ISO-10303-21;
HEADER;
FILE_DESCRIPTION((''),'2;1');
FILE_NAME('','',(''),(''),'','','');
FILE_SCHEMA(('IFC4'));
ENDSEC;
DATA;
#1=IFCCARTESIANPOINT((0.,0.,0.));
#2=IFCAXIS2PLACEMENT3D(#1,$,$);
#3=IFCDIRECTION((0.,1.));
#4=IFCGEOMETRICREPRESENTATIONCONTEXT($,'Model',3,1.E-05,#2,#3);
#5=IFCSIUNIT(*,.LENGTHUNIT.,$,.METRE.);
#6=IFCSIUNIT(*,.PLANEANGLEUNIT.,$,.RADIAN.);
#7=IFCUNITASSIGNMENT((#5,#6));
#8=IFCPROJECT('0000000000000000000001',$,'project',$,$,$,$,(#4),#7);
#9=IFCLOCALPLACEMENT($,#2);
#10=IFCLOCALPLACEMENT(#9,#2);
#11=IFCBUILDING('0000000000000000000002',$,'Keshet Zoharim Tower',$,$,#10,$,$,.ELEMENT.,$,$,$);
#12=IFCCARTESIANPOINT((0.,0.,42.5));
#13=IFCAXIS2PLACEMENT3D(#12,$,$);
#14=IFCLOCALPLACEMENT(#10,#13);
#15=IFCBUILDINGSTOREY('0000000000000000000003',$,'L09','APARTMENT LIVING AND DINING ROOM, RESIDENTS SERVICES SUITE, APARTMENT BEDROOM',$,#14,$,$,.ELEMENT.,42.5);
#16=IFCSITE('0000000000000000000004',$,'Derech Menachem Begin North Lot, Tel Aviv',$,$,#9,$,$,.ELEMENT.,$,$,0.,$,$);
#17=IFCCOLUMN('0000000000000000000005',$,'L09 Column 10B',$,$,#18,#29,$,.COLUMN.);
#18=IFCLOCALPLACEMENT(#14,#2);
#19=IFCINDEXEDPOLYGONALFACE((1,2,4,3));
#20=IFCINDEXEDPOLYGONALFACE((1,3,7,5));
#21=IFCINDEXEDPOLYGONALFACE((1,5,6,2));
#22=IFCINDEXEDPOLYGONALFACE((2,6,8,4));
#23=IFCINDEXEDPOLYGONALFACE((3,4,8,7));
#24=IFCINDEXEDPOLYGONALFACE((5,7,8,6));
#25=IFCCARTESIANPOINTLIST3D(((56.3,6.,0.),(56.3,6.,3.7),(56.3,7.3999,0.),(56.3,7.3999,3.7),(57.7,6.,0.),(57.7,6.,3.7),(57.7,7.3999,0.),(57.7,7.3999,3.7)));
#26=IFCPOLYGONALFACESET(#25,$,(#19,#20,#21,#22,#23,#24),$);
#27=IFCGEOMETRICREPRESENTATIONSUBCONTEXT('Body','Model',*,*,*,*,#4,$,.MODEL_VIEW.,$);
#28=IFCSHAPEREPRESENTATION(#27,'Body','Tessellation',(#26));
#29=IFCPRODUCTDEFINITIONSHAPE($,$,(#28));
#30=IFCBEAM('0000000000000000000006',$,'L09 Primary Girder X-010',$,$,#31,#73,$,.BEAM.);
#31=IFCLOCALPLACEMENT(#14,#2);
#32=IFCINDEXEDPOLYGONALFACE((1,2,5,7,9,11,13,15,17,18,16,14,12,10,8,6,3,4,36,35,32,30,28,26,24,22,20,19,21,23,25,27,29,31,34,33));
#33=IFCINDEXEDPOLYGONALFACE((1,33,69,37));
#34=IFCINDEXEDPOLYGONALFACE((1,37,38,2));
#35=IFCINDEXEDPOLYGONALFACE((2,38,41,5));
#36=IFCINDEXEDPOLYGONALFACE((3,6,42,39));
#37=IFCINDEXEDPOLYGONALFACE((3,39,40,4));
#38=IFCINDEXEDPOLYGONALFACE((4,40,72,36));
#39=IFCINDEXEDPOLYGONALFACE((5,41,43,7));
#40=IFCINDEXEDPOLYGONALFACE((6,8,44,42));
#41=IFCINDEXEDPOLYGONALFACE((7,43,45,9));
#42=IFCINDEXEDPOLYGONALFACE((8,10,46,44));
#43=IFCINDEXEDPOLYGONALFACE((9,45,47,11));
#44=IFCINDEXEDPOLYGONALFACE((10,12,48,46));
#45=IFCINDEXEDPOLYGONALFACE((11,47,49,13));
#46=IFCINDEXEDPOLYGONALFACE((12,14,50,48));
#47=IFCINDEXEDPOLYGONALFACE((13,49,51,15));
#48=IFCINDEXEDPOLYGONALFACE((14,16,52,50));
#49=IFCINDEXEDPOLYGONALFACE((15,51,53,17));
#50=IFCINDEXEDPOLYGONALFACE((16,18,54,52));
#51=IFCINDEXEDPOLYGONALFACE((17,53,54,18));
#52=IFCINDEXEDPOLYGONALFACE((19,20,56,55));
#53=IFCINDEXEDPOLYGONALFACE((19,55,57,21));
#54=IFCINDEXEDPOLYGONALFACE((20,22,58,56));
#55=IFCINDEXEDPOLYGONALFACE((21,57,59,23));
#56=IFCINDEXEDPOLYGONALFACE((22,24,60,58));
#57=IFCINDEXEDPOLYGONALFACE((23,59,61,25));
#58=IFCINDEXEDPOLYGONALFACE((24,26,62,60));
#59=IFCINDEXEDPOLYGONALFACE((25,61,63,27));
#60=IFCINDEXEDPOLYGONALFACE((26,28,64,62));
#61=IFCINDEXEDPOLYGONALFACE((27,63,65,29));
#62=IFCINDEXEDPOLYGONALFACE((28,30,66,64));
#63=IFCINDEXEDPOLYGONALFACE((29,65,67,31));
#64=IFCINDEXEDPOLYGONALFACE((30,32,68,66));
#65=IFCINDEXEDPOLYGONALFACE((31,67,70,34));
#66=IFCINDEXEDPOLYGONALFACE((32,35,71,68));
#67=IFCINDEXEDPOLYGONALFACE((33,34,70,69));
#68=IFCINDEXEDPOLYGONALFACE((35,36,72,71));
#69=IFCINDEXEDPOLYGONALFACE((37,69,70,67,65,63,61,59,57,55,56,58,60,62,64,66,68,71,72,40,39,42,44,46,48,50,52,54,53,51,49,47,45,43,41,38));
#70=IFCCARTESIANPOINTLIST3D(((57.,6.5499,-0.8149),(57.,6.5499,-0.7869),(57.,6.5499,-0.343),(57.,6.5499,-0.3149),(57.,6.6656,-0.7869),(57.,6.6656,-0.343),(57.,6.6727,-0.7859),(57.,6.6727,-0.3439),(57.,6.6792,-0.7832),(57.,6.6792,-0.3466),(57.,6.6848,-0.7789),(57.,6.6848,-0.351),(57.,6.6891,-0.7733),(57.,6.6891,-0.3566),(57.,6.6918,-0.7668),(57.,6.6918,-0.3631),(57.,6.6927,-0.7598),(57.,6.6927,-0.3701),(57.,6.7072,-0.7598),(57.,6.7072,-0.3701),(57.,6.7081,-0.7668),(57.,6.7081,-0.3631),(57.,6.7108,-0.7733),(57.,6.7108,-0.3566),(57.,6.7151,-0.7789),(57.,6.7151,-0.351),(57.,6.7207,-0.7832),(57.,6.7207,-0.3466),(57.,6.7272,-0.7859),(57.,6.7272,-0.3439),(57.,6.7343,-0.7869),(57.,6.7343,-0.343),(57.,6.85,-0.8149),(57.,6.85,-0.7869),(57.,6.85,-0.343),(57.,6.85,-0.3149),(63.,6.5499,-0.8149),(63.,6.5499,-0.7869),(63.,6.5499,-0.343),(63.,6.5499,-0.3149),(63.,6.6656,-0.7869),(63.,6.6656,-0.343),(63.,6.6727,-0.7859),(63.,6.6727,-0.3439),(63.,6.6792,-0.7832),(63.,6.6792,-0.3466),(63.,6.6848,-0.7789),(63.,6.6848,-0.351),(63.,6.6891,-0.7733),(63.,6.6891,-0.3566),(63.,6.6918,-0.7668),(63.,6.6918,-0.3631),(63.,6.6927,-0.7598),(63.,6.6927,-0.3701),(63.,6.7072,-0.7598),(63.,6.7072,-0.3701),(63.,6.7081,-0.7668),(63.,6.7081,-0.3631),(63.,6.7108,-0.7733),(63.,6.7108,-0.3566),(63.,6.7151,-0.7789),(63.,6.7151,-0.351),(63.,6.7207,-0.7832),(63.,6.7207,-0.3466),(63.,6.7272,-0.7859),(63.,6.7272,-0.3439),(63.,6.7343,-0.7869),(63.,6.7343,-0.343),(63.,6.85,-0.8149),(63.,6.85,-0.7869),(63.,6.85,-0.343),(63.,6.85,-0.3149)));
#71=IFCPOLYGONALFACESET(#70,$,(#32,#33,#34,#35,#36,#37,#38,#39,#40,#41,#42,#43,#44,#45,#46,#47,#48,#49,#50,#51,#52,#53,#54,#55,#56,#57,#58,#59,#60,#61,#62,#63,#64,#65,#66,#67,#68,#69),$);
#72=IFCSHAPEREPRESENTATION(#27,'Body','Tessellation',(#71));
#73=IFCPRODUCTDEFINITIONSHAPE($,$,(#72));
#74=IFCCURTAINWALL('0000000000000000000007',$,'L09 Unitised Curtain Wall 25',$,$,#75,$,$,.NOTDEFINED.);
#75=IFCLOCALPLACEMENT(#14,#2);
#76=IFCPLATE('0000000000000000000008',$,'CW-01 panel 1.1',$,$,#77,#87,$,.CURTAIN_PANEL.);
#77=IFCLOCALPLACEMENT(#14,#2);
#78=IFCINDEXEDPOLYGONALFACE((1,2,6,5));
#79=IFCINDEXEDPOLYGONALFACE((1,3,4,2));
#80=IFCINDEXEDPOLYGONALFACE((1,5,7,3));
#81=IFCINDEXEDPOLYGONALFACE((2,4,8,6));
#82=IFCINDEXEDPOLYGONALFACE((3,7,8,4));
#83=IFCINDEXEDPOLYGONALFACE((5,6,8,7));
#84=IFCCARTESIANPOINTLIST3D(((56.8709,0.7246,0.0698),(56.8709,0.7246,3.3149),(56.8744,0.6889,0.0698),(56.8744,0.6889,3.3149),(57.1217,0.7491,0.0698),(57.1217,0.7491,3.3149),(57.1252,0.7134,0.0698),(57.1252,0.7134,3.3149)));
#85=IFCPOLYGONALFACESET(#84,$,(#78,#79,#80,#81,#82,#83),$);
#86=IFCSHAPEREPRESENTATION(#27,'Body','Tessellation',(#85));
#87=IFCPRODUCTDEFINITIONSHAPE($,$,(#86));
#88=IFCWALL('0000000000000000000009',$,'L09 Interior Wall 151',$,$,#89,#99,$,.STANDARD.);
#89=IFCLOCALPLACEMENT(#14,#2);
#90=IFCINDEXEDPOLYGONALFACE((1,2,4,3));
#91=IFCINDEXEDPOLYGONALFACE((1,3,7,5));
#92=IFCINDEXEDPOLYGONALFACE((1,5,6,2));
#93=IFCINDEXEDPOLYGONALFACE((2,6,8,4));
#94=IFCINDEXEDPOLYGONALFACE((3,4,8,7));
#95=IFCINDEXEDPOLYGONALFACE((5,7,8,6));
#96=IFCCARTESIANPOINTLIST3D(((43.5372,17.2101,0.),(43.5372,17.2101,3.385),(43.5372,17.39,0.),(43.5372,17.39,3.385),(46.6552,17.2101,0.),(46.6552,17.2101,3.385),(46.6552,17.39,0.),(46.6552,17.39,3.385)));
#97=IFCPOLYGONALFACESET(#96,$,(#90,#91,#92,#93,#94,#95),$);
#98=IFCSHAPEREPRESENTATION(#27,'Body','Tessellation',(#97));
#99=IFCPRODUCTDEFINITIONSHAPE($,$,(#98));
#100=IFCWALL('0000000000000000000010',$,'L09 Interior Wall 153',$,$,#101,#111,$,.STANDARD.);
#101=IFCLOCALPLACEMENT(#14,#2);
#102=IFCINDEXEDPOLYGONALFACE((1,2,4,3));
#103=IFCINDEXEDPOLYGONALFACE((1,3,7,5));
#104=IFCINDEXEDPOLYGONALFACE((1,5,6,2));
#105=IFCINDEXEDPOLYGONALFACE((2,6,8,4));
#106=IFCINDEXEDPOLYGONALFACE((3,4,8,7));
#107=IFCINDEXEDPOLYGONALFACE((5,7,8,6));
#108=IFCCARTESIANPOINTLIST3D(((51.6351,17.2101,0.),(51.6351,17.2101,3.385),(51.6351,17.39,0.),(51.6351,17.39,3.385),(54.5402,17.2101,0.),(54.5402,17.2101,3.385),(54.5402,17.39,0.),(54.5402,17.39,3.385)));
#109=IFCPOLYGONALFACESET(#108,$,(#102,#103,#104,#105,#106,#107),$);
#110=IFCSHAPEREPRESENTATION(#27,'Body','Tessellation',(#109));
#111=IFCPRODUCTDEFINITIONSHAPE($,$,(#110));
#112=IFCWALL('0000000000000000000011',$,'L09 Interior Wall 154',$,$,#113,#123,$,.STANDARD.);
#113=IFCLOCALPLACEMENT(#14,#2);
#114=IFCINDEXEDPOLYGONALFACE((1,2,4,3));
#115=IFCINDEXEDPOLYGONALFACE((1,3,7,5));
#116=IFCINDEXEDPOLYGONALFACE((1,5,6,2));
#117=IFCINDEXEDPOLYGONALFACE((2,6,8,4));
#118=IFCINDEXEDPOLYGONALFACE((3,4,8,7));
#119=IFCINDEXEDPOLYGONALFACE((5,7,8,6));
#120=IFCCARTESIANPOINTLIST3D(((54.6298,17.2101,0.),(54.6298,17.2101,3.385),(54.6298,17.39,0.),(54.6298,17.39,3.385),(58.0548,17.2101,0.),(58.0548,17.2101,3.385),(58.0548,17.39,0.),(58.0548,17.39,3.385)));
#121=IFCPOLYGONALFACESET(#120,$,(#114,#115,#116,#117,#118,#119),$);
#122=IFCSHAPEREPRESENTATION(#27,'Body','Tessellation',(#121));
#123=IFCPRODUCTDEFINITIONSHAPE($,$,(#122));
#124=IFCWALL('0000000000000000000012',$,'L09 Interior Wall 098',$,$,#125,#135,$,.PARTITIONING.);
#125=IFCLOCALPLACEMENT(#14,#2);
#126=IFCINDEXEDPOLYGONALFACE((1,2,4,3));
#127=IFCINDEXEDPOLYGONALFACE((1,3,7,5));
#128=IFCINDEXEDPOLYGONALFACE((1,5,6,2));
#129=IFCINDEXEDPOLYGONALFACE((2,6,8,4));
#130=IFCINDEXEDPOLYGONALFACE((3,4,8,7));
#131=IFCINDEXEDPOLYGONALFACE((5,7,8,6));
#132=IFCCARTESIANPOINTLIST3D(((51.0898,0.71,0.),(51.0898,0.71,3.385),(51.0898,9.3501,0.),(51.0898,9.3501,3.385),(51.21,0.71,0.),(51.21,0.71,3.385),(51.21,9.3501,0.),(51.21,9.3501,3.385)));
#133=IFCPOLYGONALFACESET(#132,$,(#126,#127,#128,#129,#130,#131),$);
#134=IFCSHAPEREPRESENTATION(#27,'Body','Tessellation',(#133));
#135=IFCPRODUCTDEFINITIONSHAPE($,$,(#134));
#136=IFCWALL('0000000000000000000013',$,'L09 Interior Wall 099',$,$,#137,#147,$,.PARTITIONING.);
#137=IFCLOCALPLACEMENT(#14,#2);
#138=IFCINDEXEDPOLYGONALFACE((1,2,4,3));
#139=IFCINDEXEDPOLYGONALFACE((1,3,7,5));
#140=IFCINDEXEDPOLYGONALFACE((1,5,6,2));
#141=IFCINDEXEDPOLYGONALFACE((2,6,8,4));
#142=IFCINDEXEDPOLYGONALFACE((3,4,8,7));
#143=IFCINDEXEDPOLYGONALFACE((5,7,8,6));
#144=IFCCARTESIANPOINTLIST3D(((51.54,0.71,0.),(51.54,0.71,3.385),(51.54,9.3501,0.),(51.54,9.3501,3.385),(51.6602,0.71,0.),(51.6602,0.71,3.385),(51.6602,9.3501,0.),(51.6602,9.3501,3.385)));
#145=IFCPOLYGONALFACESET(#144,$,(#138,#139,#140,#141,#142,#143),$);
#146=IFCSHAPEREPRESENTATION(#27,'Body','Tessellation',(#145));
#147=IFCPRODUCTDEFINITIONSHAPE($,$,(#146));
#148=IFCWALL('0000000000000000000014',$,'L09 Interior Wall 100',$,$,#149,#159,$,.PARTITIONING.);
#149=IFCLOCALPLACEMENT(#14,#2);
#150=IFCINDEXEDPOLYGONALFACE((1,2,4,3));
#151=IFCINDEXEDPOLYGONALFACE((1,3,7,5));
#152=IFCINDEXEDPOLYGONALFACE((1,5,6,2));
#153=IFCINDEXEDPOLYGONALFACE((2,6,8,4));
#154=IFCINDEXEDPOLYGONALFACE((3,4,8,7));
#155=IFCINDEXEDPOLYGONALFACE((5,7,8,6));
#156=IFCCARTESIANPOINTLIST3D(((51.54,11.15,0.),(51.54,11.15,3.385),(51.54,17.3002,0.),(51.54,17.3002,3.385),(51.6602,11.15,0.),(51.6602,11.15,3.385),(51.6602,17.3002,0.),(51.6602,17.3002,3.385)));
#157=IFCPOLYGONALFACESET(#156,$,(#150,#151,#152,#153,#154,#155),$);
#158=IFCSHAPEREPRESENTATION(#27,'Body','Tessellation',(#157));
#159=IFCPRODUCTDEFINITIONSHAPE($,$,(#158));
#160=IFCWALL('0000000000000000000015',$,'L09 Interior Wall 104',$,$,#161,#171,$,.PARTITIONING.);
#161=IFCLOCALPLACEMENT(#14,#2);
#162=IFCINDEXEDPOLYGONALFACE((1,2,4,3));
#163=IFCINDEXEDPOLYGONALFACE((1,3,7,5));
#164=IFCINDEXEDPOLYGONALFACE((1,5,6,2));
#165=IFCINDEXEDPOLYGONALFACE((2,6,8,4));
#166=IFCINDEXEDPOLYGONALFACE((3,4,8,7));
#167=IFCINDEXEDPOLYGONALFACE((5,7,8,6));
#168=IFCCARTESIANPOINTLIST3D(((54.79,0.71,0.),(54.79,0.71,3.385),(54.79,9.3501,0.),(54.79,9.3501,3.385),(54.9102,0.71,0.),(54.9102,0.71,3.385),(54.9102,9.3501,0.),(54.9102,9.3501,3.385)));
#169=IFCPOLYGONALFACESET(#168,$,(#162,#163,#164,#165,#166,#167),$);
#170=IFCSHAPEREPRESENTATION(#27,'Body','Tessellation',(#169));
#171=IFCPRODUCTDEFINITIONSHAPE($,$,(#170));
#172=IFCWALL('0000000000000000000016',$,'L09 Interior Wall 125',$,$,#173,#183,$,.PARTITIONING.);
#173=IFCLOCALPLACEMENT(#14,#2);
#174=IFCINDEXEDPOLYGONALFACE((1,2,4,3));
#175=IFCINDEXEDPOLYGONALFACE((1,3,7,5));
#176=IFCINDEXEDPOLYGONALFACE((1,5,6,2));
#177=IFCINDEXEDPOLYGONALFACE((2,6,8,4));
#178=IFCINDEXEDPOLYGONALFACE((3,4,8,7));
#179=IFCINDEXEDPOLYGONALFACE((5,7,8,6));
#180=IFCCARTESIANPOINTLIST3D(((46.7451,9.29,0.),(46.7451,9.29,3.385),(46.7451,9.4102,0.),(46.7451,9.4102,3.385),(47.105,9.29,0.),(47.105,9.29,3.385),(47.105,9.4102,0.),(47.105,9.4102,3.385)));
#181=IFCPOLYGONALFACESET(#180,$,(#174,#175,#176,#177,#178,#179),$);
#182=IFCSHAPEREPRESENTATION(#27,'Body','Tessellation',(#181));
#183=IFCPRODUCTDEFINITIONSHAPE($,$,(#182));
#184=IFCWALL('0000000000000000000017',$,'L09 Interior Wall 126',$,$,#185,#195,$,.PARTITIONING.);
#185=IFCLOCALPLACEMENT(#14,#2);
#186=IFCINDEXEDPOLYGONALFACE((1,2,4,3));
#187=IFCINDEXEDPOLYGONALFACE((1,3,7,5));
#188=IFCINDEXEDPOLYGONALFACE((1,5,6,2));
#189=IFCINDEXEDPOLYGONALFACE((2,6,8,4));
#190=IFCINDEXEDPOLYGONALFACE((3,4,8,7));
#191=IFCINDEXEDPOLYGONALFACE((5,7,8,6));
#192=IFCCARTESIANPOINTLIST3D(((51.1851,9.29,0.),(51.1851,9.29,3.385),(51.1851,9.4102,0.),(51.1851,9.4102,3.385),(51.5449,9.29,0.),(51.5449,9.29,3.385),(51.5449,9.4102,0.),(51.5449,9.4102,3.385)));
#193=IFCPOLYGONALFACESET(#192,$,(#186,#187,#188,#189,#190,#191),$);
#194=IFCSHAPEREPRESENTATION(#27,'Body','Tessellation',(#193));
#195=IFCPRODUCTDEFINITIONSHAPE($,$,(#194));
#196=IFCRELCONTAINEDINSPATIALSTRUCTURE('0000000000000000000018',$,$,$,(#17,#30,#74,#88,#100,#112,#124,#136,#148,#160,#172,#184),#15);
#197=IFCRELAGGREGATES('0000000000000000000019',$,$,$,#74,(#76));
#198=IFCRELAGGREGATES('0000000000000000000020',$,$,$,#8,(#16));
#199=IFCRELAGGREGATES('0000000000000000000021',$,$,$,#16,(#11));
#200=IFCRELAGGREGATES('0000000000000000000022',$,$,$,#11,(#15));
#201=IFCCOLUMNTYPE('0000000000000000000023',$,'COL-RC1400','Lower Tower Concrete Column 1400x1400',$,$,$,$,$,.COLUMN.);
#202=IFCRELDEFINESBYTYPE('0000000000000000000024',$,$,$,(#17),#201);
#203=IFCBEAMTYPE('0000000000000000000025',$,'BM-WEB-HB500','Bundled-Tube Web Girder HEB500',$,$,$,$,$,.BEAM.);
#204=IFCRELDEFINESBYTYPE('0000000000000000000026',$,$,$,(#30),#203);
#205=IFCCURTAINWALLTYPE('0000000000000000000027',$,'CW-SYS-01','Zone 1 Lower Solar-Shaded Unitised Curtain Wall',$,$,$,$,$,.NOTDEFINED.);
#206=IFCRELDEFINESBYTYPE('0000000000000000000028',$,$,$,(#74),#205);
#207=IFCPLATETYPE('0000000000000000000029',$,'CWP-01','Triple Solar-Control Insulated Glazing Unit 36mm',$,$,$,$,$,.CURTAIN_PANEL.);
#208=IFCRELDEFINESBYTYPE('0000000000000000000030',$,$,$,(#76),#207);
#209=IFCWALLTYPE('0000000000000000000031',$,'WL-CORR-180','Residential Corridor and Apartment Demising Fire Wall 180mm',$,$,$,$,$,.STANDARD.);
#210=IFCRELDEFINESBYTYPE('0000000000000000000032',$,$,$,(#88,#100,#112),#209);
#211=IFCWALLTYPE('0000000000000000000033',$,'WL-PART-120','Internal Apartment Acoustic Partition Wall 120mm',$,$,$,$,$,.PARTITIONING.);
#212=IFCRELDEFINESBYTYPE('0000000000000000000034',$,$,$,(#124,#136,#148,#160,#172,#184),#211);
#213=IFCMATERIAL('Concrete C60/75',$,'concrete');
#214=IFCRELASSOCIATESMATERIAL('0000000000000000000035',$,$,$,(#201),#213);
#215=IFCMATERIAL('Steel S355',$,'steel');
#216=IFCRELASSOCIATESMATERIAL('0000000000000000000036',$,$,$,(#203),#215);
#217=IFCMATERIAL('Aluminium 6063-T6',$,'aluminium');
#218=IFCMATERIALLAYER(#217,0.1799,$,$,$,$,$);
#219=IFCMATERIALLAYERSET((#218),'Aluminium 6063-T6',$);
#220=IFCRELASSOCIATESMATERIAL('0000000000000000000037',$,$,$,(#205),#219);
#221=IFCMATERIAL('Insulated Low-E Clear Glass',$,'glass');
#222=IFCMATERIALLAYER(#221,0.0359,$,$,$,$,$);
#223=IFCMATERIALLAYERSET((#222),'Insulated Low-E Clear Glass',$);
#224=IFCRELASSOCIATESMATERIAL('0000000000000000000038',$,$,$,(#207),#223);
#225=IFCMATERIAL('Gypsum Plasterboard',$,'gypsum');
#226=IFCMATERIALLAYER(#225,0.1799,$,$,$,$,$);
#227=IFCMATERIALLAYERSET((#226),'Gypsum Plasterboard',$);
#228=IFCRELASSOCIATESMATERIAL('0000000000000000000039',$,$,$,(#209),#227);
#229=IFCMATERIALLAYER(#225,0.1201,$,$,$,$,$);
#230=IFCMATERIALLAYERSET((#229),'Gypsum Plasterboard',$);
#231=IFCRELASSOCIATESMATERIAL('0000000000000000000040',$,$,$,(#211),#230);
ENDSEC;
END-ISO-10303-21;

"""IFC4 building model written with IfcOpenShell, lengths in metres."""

from ifc_helpers import new_model, si_unit, direction, frame, frame_2d, origin, origin_2d, place, context, subcontext, project, spatial, rectangle, i_section, extrude, material, layer, layer_set, material_profile, profile_set, type_object, element, aggregate, save


model = new_model("IFC4")

# Units and contexts
model_context = context("Model", 3, precision=1e-05, world=origin(), true_north=direction((0.0, 1.0)))
body_context = subcontext(model_context, "Body", "Model", "MODEL_VIEW")
ifc_project = project(units=[si_unit("LENGTHUNIT", "METRE"), si_unit("PLANEANGLEUNIT", "RADIAN")], contexts=[model_context])

# Site, building, storey
site_placement = place(None, origin())
site = spatial("IfcSite", under=ifc_project, at=site_placement, Name="Derech Menachem Begin North Lot, Tel Aviv", CompositionType="ELEMENT", RefElevation=0.0)
building_placement = place(site_placement, origin())
building = spatial("IfcBuilding", under=site, at=building_placement, Name="Keshet Zoharim Tower", CompositionType="ELEMENT")
storey_placement = place(building_placement, frame((0.0, 0.0, 42.5)))
storey = spatial("IfcBuildingStorey", under=building, at=storey_placement, Name="L09", Description="APARTMENT LIVING AND DINING ROOM, RESIDENTS SERVICES SUITE, APARTMENT BEDROOM", CompositionType="ELEMENT", Elevation=42.5)

# Column
ifc_material_1 = material(Name="Concrete C60/75", Category="concrete")
ifc_material_profile_1 = material_profile(ifc_material_1, rectangle(XDim=1.3999, YDim=1.3999, at=origin_2d()), Name="RC1400x1400")
ifc_profile_set_1 = profile_set([ifc_material_profile_1], Name="Concrete C60/75")
column_type = type_object("IfcColumnType", Name="COL-RC1400", Description="Lower Tower Concrete Column 1400x1400", PredefinedType="COLUMN", material=ifc_profile_set_1)
column_placement = place(storey_placement, frame((57.0, 6.7, 0.0), z_axis=(0.0, 0.0, 1.0), x_axis=(1.0, 0.0, 0.0)))
element("IfcColumn", 1, at=column_placement, inside=storey, type_object=column_type, Name="L09 Column 10B", PredefinedType="COLUMN", context=body_context, shape_type="SweptSolid", body=[
    extrude(rectangle(XDim=1.3999, YDim=1.3999, at=origin_2d()), origin(), (0.0, 0.0, 1.0), 3.7),
])

# Beam
ifc_material_2 = material(Name="Steel S355", Category="steel")
ifc_material_profile_2 = material_profile(ifc_material_2, i_section(OverallWidth=0.3, OverallDepth=0.5, WebThickness=0.0144, FlangeThickness=0.0281, FilletRadius=0.0271, at=origin_2d()), Name="HEB500")
ifc_profile_set_2 = profile_set([ifc_material_profile_2], Name="Steel S355")
beam_type = type_object("IfcBeamType", Name="BM-WEB-HB500", Description="Bundled-Tube Web Girder HEB500", PredefinedType="BEAM", material=ifc_profile_set_2)
beam_placement = place(storey_placement, frame((57.0, 6.7, -0.5649), z_axis=(1.0, 0.0, 0.0), x_axis=(0.0, 1.0, 0.0)))
element("IfcBeam", 2, at=beam_placement, inside=storey, type_object=beam_type, Name="L09 Primary Girder X-010", PredefinedType="BEAM", context=body_context, shape_type="SweptSolid", body=[
    extrude(i_section(OverallWidth=0.3, OverallDepth=0.5, WebThickness=0.0144, FlangeThickness=0.0281, FilletRadius=0.0271, at=origin_2d()), origin(), (0.0, 0.0, 1.0), 6.0),
])

# Curtain wall, plate
ifc_material_3 = material(Name="Aluminium 6063-T6", Category="aluminium")
ifc_layer_1 = layer(ifc_material_3, 0.1799)
ifc_layer_set_1 = layer_set([ifc_layer_1], Name="Aluminium 6063-T6")
curtain_wall_type = type_object("IfcCurtainWallType", Name="CW-SYS-01", Description="Zone 1 Lower Solar-Shaded Unitised Curtain Wall", PredefinedType="NOTDEFINED", material=ifc_layer_set_1)
curtain_wall_placement = place(storey_placement, origin())
curtain_wall = element("IfcCurtainWall", 3, at=curtain_wall_placement, inside=storey, type_object=curtain_wall_type, Name="L09 Unitised Curtain Wall 25", PredefinedType="NOTDEFINED")
ifc_material_4 = material(Name="Insulated Low-E Clear Glass", Category="glass")
ifc_layer_2 = layer(ifc_material_4, 0.0359)
ifc_layer_set_2 = layer_set([ifc_layer_2], Name="Insulated Low-E Clear Glass")
plate_type = type_object("IfcPlateType", Name="CWP-01", Description="Triple Solar-Control Insulated Glazing Unit 36mm", PredefinedType="CURTAIN_PANEL", material=ifc_layer_set_2)
plate_placement = place(storey_placement, frame((56.998, 0.719, 0.0698), z_axis=(0.0, 0.0, 1.0), x_axis=(-0.995287, -0.096977, 0.0)))
plate = element("IfcPlate", 4, at=plate_placement, type_object=plate_type, Name="CW-01 panel 1.1", PredefinedType="CURTAIN_PANEL", context=body_context, shape_type="SweptSolid", body=[
    extrude(rectangle(XDim=0.252, YDim=0.0359, at=origin_2d()), origin(), (0.0, 0.0, 1.0), 3.2451),
])
aggregate(curtain_wall, [plate])

# Wall
ifc_material_5 = material(Name="Gypsum Plasterboard", Category="gypsum")
ifc_layer_3 = layer(ifc_material_5, 0.1799)
ifc_layer_set_3 = layer_set([ifc_layer_3], Name="Gypsum Plasterboard")
wall_type_1 = type_object("IfcWallType", Name="WL-CORR-180", Description="Residential Corridor and Apartment Demising Fire Wall 180mm", PredefinedType="STANDARD", material=ifc_layer_set_3)
wall_1_placement = place(storey_placement, frame((43.5371, 17.3, 0.0), z_axis=(0.0, 0.0, 1.0), x_axis=(1.0, 0.0, 0.0)))
element("IfcWall", 5, at=wall_1_placement, inside=storey, type_object=wall_type_1, Name="L09 Interior Wall 151", PredefinedType="STANDARD", context=body_context, shape_type="SweptSolid", body=[
    extrude(rectangle(XDim=3.1179, YDim=0.1799, at=frame_2d((1.5591, 0.0))), origin(), (0.0, 0.0, 1.0), 3.385),
])

# Walls
wall_2_placement = place(storey_placement, frame((51.635, 17.3, 0.0), z_axis=(0.0, 0.0, 1.0), x_axis=(1.0, 0.0, 0.0)))
element("IfcWall", 6, at=wall_2_placement, inside=storey, type_object=wall_type_1, Name="L09 Interior Wall 153", PredefinedType="STANDARD", context=body_context, shape_type="SweptSolid", body=[
    extrude(rectangle(XDim=2.905, YDim=0.1799, at=frame_2d((1.4526, 0.0))), origin(), (0.0, 0.0, 1.0), 3.385),
])
wall_3_placement = place(storey_placement, frame((54.6299, 17.3, 0.0), z_axis=(0.0, 0.0, 1.0), x_axis=(1.0, 0.0, 0.0)))
element("IfcWall", 7, at=wall_3_placement, inside=storey, type_object=wall_type_1, Name="L09 Interior Wall 154", PredefinedType="STANDARD", context=body_context, shape_type="SweptSolid", body=[
    extrude(rectangle(XDim=3.425, YDim=0.1799, at=frame_2d((1.7124, 0.0))), origin(), (0.0, 0.0, 1.0), 3.385),
])
ifc_layer_4 = layer(ifc_material_5, 0.1201)
ifc_layer_set_4 = layer_set([ifc_layer_4], Name="Gypsum Plasterboard")
wall_type_2 = type_object("IfcWallType", Name="WL-PART-120", Description="Internal Apartment Acoustic Partition Wall 120mm", PredefinedType="PARTITIONING", material=ifc_layer_set_4)
for number, where, z_axis, x_axis, name in (
    (8, (51.1499, 0.71, 0.0), (0.0, 0.0, 1.0), (0.0, 1.0, 0.0), "L09 Interior Wall 098"),
    (9, (51.6001, 0.71, 0.0), (0.0, 0.0, 1.0), (0.0, 1.0, 0.0), "L09 Interior Wall 099"),
):
    element("IfcWall", number, at=place(storey_placement, frame(where, z_axis=z_axis, x_axis=x_axis)), inside=storey, type_object=wall_type_2, Name=name, PredefinedType="PARTITIONING", context=body_context, shape_type="SweptSolid", body=[
        extrude(rectangle(XDim=8.6401, YDim=0.1201, at=frame_2d((4.3201, 0.0))), origin(), (0.0, 0.0, 1.0), 3.385),
    ])
wall_4_placement = place(storey_placement, frame((51.6001, 11.1499, 0.0), z_axis=(0.0, 0.0, 1.0), x_axis=(0.0, 1.0, 0.0)))
element("IfcWall", 10, at=wall_4_placement, inside=storey, type_object=wall_type_2, Name="L09 Interior Wall 100", PredefinedType="PARTITIONING", context=body_context, shape_type="SweptSolid", body=[
    extrude(rectangle(XDim=6.1501, YDim=0.1201, at=frame_2d((3.0752, 0.0))), origin(), (0.0, 0.0, 1.0), 3.385),
])
wall_5_placement = place(storey_placement, frame((54.8501, 0.71, 0.0), z_axis=(0.0, 0.0, 1.0), x_axis=(0.0, 1.0, 0.0)))
element("IfcWall", 11, at=wall_5_placement, inside=storey, type_object=wall_type_2, Name="L09 Interior Wall 104", PredefinedType="PARTITIONING", context=body_context, shape_type="SweptSolid", body=[
    extrude(rectangle(XDim=8.6401, YDim=0.1201, at=frame_2d((4.3201, 0.0))), origin(), (0.0, 0.0, 1.0), 3.385),
])
for number, where, z_axis, x_axis, name in (
    (12, (46.7451, 9.3501, 0.0), (0.0, 0.0, 1.0), (1.0, 0.0, 0.0), "L09 Interior Wall 125"),
    (13, (51.1851, 9.3501, 0.0), (0.0, 0.0, 1.0), (1.0, 0.0, 0.0), "L09 Interior Wall 126"),
):
    element("IfcWall", number, at=place(storey_placement, frame(where, z_axis=z_axis, x_axis=x_axis)), inside=storey, type_object=wall_type_2, Name=name, PredefinedType="PARTITIONING", context=body_context, shape_type="SweptSolid", body=[
        extrude(rectangle(XDim=0.3599, YDim=0.1201, at=frame_2d((0.1799, 0.0))), origin(), (0.0, 0.0, 1.0), 3.385),
    ])

save(model, "model.ifc")
